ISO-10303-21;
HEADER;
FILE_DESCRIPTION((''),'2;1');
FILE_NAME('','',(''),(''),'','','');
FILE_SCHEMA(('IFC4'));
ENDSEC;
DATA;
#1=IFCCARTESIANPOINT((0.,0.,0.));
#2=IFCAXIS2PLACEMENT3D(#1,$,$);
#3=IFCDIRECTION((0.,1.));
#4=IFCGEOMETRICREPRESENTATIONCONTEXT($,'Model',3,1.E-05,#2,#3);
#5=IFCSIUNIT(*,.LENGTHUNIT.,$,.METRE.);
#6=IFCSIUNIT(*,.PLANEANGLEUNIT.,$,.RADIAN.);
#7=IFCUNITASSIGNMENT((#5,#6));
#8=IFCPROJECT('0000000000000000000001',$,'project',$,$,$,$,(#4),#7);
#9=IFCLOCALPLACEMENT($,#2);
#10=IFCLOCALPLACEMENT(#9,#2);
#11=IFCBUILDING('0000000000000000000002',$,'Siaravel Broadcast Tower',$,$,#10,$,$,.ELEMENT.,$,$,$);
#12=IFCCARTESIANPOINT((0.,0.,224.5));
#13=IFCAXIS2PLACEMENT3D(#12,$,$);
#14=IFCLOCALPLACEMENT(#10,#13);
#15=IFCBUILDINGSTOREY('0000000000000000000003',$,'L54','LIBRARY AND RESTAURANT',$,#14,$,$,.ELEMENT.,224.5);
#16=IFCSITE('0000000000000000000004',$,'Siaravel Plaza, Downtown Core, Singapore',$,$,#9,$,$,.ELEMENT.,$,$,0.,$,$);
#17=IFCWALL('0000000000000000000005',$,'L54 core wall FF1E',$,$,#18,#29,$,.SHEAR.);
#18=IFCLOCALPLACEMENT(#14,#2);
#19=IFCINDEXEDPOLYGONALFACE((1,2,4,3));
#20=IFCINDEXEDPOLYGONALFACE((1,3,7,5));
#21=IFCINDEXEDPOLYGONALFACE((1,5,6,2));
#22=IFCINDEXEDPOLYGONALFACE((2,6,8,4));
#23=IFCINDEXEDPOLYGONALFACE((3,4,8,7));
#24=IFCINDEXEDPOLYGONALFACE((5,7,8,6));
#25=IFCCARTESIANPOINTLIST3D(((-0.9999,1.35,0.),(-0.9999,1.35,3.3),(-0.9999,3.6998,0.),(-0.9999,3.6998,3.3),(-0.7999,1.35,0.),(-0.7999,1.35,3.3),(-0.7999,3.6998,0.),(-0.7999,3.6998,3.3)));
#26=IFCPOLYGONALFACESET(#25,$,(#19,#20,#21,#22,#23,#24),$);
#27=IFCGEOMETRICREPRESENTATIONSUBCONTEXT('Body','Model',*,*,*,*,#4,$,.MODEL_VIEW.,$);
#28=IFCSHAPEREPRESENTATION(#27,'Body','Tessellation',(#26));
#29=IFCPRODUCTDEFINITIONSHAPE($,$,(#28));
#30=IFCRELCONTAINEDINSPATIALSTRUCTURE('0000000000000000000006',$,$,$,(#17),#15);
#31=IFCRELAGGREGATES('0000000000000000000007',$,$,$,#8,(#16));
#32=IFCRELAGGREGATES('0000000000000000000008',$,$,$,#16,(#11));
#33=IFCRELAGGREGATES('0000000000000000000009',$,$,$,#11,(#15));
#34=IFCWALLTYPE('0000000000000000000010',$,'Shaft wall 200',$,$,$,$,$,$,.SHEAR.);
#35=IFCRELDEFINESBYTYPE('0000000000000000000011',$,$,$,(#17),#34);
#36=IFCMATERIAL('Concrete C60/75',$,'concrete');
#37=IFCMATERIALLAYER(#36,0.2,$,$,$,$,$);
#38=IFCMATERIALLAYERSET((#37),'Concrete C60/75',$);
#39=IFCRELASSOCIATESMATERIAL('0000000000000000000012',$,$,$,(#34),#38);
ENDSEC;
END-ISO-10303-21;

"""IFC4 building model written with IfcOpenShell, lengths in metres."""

from ifc_helpers import new_model, si_unit, direction, frame, frame_2d, origin, place, context, subcontext, project, spatial, rectangle, extrude, material, layer, layer_set, type_object, element, save


model = new_model("IFC4")

# Units and contexts
model_context = context("Model", 3, precision=1e-05, world=origin(), true_north=direction((0.0, 1.0)))
body_context = subcontext(model_context, "Body", "Model", "MODEL_VIEW")
ifc_project = project(units=[si_unit("LENGTHUNIT", "METRE"), si_unit("PLANEANGLEUNIT", "RADIAN")], contexts=[model_context])

# Site, building, storey
site_placement = place(None, origin())
site = spatial("IfcSite", under=ifc_project, at=site_placement, Name="Siaravel Plaza, Downtown Core, Singapore", CompositionType="ELEMENT", RefElevation=0.0)
building_placement = place(site_placement, origin())
building = spatial("IfcBuilding", under=site, at=building_placement, Name="Siaravel Broadcast Tower", CompositionType="ELEMENT")
storey_placement = place(building_placement, frame((0.0, 0.0, 224.5)))
storey = spatial("IfcBuildingStorey", under=building, at=storey_placement, Name="L54", Description="LIBRARY AND RESTAURANT", CompositionType="ELEMENT", Elevation=224.5)

# Shared definitions
ifc_material_1 = material(Name="Concrete C60/75", Category="concrete")

# Wall
ifc_layer_1 = layer(ifc_material_1, 0.2)
ifc_layer_set_1 = layer_set([ifc_layer_1], Name="Concrete C60/75")
wall_type_1 = type_object("IfcWallType", Name="Shaft wall 200", PredefinedType="SHEAR", material=ifc_layer_set_1)
wall_1_placement = place(storey_placement, frame((-0.8999, 1.3501, 0.0), z_axis=(0.0, 0.0, 1.0), x_axis=(0.0, 1.0, 0.0)))
element("IfcWall", 1, at=wall_1_placement, inside=storey, type_object=wall_type_1, Name="L54 core wall FF1E", PredefinedType="SHEAR", context=body_context, shape_type="SweptSolid", body=[
    extrude(rectangle(XDim=2.3499, YDim=0.2, at=frame_2d((1.1748, 0.0))), origin(), (0.0, 0.0, 1.0), 3.3),
])

save(model, "model.ifc")
